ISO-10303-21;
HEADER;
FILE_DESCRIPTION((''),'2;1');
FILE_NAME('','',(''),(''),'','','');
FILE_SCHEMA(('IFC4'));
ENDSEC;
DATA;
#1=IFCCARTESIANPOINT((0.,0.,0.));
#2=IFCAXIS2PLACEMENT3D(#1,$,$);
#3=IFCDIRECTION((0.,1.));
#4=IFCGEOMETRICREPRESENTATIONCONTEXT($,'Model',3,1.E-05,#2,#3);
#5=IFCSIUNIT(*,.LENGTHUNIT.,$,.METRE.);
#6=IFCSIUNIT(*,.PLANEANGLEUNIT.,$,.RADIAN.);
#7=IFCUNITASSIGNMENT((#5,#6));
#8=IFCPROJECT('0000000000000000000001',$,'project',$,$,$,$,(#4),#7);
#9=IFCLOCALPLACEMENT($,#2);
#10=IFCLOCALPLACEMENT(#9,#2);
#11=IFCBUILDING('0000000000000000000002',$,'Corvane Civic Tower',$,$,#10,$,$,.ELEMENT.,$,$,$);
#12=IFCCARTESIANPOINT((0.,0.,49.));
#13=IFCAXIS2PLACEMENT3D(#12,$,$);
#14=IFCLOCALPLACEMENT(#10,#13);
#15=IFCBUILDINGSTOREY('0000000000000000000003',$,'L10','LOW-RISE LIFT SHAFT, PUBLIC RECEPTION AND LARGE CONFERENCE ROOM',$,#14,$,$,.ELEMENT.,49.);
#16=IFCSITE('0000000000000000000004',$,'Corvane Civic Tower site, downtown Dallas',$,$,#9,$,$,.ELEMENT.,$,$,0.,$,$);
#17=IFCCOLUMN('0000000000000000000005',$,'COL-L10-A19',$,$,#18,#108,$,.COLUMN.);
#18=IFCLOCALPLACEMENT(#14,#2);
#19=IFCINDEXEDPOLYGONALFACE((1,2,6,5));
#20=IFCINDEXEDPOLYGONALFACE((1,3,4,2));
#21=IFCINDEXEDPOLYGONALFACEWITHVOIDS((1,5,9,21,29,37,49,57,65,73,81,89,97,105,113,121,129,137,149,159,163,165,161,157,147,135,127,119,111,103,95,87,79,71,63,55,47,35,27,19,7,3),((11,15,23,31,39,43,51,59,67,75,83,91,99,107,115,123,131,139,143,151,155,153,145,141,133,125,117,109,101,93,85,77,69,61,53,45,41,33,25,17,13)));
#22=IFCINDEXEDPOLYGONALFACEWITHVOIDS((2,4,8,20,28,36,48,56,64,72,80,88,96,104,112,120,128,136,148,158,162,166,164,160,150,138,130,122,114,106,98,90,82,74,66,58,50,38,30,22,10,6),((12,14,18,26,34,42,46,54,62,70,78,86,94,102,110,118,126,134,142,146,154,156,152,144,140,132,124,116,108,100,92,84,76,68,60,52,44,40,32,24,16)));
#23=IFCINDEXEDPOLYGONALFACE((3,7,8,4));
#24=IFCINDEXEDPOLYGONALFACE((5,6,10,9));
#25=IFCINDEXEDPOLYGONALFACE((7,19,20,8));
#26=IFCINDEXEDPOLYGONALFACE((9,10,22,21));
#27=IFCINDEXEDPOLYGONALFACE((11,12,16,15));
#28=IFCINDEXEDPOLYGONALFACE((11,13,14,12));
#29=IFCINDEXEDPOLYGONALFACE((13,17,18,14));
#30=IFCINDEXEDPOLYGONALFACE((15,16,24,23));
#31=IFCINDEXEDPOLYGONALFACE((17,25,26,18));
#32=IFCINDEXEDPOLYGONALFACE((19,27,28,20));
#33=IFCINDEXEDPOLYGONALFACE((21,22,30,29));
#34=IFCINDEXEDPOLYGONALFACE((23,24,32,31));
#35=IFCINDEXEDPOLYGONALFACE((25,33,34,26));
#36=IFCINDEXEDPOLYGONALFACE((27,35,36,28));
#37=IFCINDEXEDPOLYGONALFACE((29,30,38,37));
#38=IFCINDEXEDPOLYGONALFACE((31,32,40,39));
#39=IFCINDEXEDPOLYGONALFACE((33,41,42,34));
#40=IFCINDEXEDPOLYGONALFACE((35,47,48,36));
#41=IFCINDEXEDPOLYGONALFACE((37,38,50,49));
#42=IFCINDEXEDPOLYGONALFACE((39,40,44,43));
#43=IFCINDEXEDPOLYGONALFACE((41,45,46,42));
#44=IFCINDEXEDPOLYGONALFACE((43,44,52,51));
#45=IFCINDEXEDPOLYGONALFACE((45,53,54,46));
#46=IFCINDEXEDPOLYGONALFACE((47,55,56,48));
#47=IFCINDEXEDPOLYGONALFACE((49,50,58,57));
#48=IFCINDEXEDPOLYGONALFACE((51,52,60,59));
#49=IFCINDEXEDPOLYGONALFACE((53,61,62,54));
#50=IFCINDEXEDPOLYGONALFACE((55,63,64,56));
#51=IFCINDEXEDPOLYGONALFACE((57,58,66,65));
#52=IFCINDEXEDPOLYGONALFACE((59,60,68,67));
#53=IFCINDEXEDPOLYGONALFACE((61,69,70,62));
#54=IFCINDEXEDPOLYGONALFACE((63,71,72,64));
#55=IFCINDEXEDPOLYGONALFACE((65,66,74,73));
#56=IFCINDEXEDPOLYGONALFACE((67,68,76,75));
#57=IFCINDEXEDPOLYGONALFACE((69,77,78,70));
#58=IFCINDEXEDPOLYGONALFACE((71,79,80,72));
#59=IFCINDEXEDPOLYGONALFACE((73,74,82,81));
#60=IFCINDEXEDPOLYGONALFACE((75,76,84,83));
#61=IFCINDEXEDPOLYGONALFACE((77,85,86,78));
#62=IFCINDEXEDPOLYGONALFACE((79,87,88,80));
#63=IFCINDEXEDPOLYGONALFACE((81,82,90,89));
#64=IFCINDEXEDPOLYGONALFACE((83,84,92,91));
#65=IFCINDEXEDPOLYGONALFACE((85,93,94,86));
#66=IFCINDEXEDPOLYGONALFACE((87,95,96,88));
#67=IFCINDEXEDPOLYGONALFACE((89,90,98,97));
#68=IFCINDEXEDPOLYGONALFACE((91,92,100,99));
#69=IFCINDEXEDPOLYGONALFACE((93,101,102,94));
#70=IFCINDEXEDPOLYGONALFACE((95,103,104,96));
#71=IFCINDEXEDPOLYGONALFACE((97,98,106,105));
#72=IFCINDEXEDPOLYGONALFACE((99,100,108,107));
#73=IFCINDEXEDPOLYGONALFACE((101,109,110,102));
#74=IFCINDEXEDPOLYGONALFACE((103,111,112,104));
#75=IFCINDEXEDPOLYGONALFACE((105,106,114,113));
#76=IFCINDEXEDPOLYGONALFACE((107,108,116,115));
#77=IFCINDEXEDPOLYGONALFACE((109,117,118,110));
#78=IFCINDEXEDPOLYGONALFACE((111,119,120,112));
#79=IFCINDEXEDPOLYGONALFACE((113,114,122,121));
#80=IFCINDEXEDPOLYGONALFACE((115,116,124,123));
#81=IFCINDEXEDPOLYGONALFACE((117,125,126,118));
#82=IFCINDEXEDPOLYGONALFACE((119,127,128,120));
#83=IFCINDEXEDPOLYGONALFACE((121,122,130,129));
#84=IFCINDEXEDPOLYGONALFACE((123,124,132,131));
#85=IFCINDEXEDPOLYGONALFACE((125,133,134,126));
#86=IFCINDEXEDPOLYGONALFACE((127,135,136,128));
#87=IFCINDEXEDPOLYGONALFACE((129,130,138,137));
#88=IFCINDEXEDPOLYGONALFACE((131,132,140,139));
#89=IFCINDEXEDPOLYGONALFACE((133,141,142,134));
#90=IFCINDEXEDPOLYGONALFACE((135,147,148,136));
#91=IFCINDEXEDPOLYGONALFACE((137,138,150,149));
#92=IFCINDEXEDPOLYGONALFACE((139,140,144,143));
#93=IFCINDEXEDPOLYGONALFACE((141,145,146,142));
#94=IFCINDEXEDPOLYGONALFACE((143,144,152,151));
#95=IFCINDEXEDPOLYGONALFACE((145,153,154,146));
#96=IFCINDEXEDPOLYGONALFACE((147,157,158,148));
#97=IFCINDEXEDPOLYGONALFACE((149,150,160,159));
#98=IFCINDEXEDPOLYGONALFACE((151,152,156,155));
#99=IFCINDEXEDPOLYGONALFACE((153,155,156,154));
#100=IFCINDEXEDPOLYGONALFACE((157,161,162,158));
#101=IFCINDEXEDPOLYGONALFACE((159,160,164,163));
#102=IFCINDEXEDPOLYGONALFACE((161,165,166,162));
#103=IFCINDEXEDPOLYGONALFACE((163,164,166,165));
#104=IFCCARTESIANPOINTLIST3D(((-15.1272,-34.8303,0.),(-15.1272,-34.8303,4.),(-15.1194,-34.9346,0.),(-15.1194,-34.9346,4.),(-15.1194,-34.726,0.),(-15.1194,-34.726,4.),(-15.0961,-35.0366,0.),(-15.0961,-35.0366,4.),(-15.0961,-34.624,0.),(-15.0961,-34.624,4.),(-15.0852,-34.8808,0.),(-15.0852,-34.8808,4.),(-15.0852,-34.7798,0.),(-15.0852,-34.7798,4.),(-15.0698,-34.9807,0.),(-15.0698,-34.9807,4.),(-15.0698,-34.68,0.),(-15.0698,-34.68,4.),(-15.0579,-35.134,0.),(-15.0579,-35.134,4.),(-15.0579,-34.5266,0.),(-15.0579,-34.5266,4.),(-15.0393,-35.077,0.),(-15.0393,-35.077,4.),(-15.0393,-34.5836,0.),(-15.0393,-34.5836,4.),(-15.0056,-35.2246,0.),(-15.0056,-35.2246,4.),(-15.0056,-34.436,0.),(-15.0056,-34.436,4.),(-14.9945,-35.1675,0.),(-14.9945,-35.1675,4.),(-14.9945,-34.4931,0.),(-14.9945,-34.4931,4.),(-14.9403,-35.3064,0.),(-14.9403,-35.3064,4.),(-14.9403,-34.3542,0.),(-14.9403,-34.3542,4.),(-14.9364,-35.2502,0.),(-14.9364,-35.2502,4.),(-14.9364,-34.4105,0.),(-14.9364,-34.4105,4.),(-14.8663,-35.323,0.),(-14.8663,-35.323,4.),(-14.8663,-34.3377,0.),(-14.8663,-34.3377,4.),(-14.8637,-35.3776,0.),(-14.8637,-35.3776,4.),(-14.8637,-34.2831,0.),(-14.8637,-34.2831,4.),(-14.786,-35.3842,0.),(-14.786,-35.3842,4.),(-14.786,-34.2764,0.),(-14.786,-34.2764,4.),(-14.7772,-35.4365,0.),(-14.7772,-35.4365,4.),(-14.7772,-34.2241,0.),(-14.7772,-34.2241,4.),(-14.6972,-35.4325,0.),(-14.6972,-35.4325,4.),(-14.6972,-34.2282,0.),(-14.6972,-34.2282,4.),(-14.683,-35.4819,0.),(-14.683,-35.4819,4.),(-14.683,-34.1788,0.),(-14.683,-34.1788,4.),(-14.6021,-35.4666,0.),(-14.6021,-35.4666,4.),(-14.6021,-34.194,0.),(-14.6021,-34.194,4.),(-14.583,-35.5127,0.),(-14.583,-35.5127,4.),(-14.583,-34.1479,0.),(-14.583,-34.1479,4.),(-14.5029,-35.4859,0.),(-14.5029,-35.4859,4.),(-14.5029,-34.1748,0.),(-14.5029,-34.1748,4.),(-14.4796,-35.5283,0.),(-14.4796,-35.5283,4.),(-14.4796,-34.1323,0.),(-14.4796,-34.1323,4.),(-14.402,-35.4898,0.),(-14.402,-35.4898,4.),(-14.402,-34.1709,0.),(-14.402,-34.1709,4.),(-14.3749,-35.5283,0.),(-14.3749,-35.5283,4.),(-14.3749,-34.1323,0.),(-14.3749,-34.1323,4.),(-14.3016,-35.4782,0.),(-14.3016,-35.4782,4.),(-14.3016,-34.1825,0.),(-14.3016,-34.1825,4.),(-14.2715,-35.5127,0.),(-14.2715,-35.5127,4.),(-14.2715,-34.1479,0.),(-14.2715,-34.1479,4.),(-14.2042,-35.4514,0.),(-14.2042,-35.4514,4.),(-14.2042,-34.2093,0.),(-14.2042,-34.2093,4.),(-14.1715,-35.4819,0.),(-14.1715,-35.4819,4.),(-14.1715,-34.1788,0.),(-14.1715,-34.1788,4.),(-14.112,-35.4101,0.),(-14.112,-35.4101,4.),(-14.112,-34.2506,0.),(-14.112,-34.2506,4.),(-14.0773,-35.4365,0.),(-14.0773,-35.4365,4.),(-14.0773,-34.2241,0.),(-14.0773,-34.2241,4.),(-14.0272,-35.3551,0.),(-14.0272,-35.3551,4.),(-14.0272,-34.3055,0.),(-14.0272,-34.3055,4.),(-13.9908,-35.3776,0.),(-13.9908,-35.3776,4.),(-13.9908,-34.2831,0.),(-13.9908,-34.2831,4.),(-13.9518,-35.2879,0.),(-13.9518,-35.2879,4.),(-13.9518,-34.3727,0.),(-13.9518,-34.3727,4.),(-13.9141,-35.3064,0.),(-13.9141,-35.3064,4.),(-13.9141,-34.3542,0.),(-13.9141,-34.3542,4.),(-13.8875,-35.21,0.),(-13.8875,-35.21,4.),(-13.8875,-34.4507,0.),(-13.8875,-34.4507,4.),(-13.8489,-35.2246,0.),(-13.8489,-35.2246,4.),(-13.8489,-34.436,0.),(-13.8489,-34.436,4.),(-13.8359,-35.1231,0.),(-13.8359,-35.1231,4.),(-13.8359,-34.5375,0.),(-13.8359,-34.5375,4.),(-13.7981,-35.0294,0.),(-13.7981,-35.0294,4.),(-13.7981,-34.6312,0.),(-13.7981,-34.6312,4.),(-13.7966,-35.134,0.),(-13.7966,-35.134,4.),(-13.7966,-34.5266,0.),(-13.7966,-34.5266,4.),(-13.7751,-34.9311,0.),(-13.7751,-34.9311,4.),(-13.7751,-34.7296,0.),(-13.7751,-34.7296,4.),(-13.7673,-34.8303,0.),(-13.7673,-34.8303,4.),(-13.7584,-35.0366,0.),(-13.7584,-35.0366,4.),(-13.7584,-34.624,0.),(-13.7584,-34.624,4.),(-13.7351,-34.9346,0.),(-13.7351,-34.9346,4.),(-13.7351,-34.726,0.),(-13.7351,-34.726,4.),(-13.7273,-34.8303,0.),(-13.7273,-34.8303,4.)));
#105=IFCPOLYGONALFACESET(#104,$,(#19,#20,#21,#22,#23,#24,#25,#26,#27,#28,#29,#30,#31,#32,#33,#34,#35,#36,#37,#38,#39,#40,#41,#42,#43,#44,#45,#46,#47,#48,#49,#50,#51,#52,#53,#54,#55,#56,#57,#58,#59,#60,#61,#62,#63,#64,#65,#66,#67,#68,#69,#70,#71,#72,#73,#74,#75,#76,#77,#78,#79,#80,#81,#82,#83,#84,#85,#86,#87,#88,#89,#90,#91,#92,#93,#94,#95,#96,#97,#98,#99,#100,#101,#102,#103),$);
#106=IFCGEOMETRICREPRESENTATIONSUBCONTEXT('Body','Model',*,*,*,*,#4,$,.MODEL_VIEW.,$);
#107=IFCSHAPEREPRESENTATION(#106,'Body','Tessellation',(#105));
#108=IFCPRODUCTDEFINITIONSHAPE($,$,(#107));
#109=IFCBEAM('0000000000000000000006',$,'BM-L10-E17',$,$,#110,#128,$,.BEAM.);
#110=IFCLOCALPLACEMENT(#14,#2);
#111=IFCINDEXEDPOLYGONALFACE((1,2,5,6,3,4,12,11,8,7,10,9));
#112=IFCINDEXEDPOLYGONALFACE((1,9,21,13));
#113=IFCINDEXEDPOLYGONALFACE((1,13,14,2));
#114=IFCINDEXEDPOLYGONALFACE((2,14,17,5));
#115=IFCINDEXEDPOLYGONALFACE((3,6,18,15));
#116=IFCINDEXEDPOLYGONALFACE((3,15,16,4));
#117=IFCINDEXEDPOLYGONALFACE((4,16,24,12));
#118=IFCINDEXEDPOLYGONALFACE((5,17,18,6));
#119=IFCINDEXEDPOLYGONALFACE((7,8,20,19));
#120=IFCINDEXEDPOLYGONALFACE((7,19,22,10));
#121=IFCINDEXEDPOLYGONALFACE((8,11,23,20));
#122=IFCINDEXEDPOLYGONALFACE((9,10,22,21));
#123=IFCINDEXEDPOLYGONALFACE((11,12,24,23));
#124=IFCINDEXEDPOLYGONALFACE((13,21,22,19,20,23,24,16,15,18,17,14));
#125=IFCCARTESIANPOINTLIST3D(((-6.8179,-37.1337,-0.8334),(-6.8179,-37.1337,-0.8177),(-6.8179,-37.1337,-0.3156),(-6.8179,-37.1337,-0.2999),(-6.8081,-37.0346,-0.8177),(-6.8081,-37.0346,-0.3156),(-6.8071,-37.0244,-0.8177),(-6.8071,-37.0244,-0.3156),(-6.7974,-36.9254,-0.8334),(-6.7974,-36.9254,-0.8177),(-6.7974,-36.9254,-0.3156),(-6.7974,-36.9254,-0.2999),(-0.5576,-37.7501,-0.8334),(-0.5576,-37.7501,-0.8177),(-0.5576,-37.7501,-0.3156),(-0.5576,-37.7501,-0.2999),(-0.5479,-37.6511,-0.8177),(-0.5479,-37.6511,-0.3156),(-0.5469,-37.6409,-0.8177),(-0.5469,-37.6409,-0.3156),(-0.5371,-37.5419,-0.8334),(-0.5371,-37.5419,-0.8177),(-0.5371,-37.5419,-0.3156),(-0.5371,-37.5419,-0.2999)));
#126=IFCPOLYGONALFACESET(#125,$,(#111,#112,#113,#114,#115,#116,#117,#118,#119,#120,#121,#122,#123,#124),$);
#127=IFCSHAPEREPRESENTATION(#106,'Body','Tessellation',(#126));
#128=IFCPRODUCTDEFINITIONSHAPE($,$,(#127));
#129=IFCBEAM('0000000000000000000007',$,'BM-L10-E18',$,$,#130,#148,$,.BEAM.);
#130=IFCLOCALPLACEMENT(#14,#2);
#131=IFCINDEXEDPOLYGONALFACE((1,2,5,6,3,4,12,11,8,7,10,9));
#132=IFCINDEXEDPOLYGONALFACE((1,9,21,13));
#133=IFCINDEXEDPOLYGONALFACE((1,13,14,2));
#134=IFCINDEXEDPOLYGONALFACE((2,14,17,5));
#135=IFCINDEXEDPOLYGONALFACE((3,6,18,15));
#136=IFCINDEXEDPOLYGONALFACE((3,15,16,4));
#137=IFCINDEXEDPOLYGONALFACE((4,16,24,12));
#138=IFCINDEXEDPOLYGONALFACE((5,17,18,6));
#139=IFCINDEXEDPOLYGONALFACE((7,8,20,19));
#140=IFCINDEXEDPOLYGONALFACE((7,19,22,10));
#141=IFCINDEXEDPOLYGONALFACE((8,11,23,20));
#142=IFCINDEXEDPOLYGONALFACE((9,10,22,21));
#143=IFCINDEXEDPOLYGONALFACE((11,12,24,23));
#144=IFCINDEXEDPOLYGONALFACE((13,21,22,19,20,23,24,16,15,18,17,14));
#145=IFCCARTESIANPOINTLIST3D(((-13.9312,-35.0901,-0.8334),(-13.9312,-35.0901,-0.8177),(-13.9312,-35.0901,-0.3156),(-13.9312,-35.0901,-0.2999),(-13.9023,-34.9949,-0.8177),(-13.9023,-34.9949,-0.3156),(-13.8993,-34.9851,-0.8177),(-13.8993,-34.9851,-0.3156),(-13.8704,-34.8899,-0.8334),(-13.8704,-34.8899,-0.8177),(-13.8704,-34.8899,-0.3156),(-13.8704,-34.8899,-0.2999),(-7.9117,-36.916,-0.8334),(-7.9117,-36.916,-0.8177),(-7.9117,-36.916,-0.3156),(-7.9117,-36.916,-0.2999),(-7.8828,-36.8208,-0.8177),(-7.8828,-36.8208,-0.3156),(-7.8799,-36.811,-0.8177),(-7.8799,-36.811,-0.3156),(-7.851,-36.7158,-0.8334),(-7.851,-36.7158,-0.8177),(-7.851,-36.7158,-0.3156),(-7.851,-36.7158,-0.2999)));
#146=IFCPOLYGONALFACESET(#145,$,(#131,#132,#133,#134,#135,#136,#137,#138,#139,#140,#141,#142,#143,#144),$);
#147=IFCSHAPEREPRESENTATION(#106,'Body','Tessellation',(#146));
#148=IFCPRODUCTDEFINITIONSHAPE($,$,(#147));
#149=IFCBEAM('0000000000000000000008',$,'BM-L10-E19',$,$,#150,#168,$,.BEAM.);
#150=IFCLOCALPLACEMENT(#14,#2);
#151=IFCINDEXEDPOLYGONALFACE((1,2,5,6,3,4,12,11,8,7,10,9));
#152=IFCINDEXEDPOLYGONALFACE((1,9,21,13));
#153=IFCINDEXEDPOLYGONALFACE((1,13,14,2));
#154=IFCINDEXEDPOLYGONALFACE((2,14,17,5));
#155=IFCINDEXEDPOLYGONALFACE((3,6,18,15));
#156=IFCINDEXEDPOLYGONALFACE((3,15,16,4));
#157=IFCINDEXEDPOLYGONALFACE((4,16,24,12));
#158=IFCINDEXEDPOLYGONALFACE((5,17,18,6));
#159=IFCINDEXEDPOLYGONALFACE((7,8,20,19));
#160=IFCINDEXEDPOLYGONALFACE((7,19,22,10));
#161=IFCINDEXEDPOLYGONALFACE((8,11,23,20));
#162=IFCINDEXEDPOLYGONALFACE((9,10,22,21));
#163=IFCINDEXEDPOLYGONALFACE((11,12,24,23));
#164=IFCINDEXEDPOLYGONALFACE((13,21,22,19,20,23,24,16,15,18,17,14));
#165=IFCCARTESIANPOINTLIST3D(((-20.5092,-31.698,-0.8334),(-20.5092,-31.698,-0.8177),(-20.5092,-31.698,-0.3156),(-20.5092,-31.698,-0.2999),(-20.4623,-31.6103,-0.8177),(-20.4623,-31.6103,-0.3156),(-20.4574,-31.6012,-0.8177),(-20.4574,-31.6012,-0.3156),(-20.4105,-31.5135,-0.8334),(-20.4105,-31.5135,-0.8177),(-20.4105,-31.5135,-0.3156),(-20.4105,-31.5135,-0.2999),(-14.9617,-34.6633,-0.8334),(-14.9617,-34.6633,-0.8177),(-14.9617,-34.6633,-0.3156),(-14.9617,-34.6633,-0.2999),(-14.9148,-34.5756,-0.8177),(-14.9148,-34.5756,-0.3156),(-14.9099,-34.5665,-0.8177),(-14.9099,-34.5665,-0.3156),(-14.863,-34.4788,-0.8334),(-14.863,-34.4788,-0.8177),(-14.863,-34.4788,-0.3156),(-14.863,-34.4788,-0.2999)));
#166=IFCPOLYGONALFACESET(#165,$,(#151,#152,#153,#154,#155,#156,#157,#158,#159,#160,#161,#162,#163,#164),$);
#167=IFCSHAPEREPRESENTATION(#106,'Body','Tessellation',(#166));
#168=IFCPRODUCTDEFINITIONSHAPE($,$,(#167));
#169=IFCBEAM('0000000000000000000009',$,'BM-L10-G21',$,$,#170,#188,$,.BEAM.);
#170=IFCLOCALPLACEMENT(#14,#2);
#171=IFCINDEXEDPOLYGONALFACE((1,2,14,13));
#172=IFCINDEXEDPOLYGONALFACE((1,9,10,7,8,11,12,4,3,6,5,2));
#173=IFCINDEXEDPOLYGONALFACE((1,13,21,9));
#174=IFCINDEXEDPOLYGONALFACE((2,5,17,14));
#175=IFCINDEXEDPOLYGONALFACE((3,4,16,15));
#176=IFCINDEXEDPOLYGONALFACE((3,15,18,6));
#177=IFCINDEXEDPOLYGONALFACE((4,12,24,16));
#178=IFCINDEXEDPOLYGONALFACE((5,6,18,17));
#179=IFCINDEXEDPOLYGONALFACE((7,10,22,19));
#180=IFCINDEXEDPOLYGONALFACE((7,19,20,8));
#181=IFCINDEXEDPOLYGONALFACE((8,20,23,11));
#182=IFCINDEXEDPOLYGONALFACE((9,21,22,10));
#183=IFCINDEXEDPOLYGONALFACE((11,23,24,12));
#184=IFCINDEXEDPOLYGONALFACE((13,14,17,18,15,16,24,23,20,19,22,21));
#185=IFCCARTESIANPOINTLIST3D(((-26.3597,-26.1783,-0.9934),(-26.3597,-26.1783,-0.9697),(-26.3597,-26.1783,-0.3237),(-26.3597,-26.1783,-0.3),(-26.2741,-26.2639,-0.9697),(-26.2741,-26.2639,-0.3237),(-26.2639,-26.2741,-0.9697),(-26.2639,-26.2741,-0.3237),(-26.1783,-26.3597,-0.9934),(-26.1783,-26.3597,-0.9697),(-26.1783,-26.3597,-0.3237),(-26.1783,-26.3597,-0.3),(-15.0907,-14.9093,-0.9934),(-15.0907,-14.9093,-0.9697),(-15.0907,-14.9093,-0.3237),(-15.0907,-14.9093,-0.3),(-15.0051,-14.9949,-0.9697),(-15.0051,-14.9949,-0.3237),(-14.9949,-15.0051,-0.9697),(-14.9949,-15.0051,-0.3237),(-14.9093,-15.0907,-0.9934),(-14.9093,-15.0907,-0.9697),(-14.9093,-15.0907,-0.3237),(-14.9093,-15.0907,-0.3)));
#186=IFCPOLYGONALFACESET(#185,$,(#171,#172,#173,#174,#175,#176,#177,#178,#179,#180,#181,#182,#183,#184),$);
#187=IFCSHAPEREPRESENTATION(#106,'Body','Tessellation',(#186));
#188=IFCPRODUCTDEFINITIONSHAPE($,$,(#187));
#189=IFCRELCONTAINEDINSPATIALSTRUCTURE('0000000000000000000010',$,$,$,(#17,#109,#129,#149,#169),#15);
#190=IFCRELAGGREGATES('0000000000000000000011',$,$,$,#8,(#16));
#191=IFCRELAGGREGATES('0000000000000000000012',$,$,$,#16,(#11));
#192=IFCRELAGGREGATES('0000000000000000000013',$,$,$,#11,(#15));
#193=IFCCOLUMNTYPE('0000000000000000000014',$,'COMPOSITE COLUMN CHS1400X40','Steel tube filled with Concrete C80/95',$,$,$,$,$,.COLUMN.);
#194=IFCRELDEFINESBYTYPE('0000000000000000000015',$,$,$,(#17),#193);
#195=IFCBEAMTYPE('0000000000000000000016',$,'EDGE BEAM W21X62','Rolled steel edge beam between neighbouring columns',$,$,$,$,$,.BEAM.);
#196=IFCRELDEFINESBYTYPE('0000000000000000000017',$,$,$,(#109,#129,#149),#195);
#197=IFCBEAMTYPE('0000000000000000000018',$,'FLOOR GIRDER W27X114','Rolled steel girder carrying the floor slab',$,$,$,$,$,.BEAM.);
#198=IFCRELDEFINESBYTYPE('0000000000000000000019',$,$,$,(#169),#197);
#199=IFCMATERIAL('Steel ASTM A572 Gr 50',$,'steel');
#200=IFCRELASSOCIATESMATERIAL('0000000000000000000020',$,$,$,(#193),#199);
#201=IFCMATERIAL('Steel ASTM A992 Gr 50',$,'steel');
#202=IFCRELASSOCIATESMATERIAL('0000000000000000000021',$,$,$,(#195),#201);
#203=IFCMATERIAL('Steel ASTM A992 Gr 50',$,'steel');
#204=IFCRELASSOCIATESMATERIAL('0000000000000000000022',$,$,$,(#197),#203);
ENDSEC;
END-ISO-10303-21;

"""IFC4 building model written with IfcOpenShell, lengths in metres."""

from ifc_helpers import new_model, si_unit, direction, frame, origin, origin_2d, place, context, subcontext, project, spatial, hollow_circle, i_section, extrude, material, material_profile, profile_set, type_object, element, save


model = new_model("IFC4")

# Units and contexts
model_context = context("Model", 3, precision=1e-05, world=origin(), true_north=direction((0.0, 1.0)))
body_context = subcontext(model_context, "Body", "Model", "MODEL_VIEW")
ifc_project = project(units=[si_unit("LENGTHUNIT", "METRE"), si_unit("PLANEANGLEUNIT", "RADIAN")], contexts=[model_context])

# Site, building, storey
site_placement = place(None, origin())
site = spatial("IfcSite", under=ifc_project, at=site_placement, Name="Corvane Civic Tower site, downtown Dallas", CompositionType="ELEMENT", RefElevation=0.0)
building_placement = place(site_placement, origin())
building = spatial("IfcBuilding", under=site, at=building_placement, Name="Corvane Civic Tower", CompositionType="ELEMENT")
storey_placement = place(building_placement, frame((0.0, 0.0, 49.0)))
storey = spatial("IfcBuildingStorey", under=building, at=storey_placement, Name="L10", Description="LOW-RISE LIFT SHAFT, PUBLIC RECEPTION AND LARGE CONFERENCE ROOM", CompositionType="ELEMENT", Elevation=49.0)

# Column
ifc_material_1 = material(Name="Steel ASTM A572 Gr 50", Category="steel")
ifc_material_profile_1 = material_profile(ifc_material_1, hollow_circle(Radius=0.7, WallThickness=0.04, at=origin_2d()), Name="CHS1400X40")
ifc_profile_set_1 = profile_set([ifc_material_profile_1], Name="Steel ASTM A572 Gr 50")
column_type = type_object("IfcColumnType", Name="COMPOSITE COLUMN CHS1400X40", Description="Steel tube filled with Concrete C80/95", PredefinedType="COLUMN", material=ifc_profile_set_1)
for number, where, z_axis, x_axis, name in (
    (1, (-14.4272, -34.8303, 0.0), (0.0, 0.0, 1.0), (1.0, 0.0, 0.0), "COL-L10-A19"),
):
    element("IfcColumn", number, at=place(storey_placement, frame(where, z_axis=z_axis, x_axis=x_axis)), inside=storey, type_object=column_type, Name=name, PredefinedType="COLUMN", context=body_context, shape_type="SweptSolid", body=[
        extrude(hollow_circle(Radius=0.7, WallThickness=0.04, at=origin_2d()), origin(), (0.0, 0.0, 1.0), 4.0),
    ])

# Beams
ifc_material_2 = material(Name="Steel ASTM A992 Gr 50", Category="steel")
ifc_material_profile_2 = material_profile(ifc_material_2, i_section(OverallWidth=0.2092, OverallDepth=0.5334, WebThickness=0.0103, FlangeThickness=0.0156, at=origin_2d()), Name="W21X62")
ifc_profile_set_2 = profile_set([ifc_material_profile_2], Name="Steel ASTM A992 Gr 50")
beam_type_1 = type_object("IfcBeamType", Name="EDGE BEAM W21X62", Description="Rolled steel edge beam between neighbouring columns", PredefinedType="BEAM", material=ifc_profile_set_2)
beam_1_placement = place(storey_placement, frame((-0.5474, -37.646, -0.5667), z_axis=(-0.995187, 0.097997, 0.0), x_axis=(-0.097997, -0.995187, 0.0)))
element("IfcBeam", 2, at=beam_1_placement, inside=storey, type_object=beam_type_1, Name="BM-L10-E17", PredefinedType="BEAM", context=body_context, shape_type="SweptSolid", body=[
    extrude(i_section(OverallWidth=0.2092, OverallDepth=0.5334, WebThickness=0.0103, FlangeThickness=0.0156, at=origin_2d()), origin(), (0.0, 0.0, 1.0), 6.2905),
])
for number, where, z_axis, x_axis, name in (
    (3, (-7.8813, -36.8159, -0.5667), (-0.956944, 0.290273, 0.0), (-0.290273, -0.956944, 0.0), "BM-L10-E18"),
    (4, (-14.9124, -34.571, -0.5667), (-0.881916, 0.471406, 0.0), (-0.471406, -0.881916, 0.0), "BM-L10-E19"),
):
    element("IfcBeam", number, at=place(storey_placement, frame(where, z_axis=z_axis, x_axis=x_axis)), inside=storey, type_object=beam_type_1, Name=name, PredefinedType="BEAM", context=body_context, shape_type="SweptSolid", body=[
        extrude(i_section(OverallWidth=0.2092, OverallDepth=0.5334, WebThickness=0.0103, FlangeThickness=0.0156, at=origin_2d()), origin(), (0.0, 0.0, 1.0), 6.2903),
    ])
ifc_material_3 = material(Name="Steel ASTM A992 Gr 50", Category="steel")
ifc_material_profile_3 = material_profile(ifc_material_3, i_section(OverallWidth=0.2566, OverallDepth=0.6934, WebThickness=0.0144, FlangeThickness=0.0237, at=origin_2d()), Name="W27X114")
ifc_profile_set_3 = profile_set([ifc_material_profile_3], Name="Steel ASTM A992 Gr 50")
beam_type_2 = type_object("IfcBeamType", Name="FLOOR GIRDER W27X114", Description="Rolled steel girder carrying the floor slab", PredefinedType="BEAM", material=ifc_profile_set_3)
beam_2_placement = place(storey_placement, frame((-15.0, -15.0, -0.6467), z_axis=(-0.707107, -0.707107, 0.0), x_axis=(0.707107, -0.707107, 0.0)))
element("IfcBeam", 5, at=beam_2_placement, inside=storey, type_object=beam_type_2, Name="BM-L10-G21", PredefinedType="BEAM", context=body_context, shape_type="SweptSolid", body=[
    extrude(i_section(OverallWidth=0.2566, OverallDepth=0.6934, WebThickness=0.0144, FlangeThickness=0.0237, at=origin_2d()), origin(), (0.0, 0.0, 1.0), 15.9368),
])

save(model, "model.ifc")
